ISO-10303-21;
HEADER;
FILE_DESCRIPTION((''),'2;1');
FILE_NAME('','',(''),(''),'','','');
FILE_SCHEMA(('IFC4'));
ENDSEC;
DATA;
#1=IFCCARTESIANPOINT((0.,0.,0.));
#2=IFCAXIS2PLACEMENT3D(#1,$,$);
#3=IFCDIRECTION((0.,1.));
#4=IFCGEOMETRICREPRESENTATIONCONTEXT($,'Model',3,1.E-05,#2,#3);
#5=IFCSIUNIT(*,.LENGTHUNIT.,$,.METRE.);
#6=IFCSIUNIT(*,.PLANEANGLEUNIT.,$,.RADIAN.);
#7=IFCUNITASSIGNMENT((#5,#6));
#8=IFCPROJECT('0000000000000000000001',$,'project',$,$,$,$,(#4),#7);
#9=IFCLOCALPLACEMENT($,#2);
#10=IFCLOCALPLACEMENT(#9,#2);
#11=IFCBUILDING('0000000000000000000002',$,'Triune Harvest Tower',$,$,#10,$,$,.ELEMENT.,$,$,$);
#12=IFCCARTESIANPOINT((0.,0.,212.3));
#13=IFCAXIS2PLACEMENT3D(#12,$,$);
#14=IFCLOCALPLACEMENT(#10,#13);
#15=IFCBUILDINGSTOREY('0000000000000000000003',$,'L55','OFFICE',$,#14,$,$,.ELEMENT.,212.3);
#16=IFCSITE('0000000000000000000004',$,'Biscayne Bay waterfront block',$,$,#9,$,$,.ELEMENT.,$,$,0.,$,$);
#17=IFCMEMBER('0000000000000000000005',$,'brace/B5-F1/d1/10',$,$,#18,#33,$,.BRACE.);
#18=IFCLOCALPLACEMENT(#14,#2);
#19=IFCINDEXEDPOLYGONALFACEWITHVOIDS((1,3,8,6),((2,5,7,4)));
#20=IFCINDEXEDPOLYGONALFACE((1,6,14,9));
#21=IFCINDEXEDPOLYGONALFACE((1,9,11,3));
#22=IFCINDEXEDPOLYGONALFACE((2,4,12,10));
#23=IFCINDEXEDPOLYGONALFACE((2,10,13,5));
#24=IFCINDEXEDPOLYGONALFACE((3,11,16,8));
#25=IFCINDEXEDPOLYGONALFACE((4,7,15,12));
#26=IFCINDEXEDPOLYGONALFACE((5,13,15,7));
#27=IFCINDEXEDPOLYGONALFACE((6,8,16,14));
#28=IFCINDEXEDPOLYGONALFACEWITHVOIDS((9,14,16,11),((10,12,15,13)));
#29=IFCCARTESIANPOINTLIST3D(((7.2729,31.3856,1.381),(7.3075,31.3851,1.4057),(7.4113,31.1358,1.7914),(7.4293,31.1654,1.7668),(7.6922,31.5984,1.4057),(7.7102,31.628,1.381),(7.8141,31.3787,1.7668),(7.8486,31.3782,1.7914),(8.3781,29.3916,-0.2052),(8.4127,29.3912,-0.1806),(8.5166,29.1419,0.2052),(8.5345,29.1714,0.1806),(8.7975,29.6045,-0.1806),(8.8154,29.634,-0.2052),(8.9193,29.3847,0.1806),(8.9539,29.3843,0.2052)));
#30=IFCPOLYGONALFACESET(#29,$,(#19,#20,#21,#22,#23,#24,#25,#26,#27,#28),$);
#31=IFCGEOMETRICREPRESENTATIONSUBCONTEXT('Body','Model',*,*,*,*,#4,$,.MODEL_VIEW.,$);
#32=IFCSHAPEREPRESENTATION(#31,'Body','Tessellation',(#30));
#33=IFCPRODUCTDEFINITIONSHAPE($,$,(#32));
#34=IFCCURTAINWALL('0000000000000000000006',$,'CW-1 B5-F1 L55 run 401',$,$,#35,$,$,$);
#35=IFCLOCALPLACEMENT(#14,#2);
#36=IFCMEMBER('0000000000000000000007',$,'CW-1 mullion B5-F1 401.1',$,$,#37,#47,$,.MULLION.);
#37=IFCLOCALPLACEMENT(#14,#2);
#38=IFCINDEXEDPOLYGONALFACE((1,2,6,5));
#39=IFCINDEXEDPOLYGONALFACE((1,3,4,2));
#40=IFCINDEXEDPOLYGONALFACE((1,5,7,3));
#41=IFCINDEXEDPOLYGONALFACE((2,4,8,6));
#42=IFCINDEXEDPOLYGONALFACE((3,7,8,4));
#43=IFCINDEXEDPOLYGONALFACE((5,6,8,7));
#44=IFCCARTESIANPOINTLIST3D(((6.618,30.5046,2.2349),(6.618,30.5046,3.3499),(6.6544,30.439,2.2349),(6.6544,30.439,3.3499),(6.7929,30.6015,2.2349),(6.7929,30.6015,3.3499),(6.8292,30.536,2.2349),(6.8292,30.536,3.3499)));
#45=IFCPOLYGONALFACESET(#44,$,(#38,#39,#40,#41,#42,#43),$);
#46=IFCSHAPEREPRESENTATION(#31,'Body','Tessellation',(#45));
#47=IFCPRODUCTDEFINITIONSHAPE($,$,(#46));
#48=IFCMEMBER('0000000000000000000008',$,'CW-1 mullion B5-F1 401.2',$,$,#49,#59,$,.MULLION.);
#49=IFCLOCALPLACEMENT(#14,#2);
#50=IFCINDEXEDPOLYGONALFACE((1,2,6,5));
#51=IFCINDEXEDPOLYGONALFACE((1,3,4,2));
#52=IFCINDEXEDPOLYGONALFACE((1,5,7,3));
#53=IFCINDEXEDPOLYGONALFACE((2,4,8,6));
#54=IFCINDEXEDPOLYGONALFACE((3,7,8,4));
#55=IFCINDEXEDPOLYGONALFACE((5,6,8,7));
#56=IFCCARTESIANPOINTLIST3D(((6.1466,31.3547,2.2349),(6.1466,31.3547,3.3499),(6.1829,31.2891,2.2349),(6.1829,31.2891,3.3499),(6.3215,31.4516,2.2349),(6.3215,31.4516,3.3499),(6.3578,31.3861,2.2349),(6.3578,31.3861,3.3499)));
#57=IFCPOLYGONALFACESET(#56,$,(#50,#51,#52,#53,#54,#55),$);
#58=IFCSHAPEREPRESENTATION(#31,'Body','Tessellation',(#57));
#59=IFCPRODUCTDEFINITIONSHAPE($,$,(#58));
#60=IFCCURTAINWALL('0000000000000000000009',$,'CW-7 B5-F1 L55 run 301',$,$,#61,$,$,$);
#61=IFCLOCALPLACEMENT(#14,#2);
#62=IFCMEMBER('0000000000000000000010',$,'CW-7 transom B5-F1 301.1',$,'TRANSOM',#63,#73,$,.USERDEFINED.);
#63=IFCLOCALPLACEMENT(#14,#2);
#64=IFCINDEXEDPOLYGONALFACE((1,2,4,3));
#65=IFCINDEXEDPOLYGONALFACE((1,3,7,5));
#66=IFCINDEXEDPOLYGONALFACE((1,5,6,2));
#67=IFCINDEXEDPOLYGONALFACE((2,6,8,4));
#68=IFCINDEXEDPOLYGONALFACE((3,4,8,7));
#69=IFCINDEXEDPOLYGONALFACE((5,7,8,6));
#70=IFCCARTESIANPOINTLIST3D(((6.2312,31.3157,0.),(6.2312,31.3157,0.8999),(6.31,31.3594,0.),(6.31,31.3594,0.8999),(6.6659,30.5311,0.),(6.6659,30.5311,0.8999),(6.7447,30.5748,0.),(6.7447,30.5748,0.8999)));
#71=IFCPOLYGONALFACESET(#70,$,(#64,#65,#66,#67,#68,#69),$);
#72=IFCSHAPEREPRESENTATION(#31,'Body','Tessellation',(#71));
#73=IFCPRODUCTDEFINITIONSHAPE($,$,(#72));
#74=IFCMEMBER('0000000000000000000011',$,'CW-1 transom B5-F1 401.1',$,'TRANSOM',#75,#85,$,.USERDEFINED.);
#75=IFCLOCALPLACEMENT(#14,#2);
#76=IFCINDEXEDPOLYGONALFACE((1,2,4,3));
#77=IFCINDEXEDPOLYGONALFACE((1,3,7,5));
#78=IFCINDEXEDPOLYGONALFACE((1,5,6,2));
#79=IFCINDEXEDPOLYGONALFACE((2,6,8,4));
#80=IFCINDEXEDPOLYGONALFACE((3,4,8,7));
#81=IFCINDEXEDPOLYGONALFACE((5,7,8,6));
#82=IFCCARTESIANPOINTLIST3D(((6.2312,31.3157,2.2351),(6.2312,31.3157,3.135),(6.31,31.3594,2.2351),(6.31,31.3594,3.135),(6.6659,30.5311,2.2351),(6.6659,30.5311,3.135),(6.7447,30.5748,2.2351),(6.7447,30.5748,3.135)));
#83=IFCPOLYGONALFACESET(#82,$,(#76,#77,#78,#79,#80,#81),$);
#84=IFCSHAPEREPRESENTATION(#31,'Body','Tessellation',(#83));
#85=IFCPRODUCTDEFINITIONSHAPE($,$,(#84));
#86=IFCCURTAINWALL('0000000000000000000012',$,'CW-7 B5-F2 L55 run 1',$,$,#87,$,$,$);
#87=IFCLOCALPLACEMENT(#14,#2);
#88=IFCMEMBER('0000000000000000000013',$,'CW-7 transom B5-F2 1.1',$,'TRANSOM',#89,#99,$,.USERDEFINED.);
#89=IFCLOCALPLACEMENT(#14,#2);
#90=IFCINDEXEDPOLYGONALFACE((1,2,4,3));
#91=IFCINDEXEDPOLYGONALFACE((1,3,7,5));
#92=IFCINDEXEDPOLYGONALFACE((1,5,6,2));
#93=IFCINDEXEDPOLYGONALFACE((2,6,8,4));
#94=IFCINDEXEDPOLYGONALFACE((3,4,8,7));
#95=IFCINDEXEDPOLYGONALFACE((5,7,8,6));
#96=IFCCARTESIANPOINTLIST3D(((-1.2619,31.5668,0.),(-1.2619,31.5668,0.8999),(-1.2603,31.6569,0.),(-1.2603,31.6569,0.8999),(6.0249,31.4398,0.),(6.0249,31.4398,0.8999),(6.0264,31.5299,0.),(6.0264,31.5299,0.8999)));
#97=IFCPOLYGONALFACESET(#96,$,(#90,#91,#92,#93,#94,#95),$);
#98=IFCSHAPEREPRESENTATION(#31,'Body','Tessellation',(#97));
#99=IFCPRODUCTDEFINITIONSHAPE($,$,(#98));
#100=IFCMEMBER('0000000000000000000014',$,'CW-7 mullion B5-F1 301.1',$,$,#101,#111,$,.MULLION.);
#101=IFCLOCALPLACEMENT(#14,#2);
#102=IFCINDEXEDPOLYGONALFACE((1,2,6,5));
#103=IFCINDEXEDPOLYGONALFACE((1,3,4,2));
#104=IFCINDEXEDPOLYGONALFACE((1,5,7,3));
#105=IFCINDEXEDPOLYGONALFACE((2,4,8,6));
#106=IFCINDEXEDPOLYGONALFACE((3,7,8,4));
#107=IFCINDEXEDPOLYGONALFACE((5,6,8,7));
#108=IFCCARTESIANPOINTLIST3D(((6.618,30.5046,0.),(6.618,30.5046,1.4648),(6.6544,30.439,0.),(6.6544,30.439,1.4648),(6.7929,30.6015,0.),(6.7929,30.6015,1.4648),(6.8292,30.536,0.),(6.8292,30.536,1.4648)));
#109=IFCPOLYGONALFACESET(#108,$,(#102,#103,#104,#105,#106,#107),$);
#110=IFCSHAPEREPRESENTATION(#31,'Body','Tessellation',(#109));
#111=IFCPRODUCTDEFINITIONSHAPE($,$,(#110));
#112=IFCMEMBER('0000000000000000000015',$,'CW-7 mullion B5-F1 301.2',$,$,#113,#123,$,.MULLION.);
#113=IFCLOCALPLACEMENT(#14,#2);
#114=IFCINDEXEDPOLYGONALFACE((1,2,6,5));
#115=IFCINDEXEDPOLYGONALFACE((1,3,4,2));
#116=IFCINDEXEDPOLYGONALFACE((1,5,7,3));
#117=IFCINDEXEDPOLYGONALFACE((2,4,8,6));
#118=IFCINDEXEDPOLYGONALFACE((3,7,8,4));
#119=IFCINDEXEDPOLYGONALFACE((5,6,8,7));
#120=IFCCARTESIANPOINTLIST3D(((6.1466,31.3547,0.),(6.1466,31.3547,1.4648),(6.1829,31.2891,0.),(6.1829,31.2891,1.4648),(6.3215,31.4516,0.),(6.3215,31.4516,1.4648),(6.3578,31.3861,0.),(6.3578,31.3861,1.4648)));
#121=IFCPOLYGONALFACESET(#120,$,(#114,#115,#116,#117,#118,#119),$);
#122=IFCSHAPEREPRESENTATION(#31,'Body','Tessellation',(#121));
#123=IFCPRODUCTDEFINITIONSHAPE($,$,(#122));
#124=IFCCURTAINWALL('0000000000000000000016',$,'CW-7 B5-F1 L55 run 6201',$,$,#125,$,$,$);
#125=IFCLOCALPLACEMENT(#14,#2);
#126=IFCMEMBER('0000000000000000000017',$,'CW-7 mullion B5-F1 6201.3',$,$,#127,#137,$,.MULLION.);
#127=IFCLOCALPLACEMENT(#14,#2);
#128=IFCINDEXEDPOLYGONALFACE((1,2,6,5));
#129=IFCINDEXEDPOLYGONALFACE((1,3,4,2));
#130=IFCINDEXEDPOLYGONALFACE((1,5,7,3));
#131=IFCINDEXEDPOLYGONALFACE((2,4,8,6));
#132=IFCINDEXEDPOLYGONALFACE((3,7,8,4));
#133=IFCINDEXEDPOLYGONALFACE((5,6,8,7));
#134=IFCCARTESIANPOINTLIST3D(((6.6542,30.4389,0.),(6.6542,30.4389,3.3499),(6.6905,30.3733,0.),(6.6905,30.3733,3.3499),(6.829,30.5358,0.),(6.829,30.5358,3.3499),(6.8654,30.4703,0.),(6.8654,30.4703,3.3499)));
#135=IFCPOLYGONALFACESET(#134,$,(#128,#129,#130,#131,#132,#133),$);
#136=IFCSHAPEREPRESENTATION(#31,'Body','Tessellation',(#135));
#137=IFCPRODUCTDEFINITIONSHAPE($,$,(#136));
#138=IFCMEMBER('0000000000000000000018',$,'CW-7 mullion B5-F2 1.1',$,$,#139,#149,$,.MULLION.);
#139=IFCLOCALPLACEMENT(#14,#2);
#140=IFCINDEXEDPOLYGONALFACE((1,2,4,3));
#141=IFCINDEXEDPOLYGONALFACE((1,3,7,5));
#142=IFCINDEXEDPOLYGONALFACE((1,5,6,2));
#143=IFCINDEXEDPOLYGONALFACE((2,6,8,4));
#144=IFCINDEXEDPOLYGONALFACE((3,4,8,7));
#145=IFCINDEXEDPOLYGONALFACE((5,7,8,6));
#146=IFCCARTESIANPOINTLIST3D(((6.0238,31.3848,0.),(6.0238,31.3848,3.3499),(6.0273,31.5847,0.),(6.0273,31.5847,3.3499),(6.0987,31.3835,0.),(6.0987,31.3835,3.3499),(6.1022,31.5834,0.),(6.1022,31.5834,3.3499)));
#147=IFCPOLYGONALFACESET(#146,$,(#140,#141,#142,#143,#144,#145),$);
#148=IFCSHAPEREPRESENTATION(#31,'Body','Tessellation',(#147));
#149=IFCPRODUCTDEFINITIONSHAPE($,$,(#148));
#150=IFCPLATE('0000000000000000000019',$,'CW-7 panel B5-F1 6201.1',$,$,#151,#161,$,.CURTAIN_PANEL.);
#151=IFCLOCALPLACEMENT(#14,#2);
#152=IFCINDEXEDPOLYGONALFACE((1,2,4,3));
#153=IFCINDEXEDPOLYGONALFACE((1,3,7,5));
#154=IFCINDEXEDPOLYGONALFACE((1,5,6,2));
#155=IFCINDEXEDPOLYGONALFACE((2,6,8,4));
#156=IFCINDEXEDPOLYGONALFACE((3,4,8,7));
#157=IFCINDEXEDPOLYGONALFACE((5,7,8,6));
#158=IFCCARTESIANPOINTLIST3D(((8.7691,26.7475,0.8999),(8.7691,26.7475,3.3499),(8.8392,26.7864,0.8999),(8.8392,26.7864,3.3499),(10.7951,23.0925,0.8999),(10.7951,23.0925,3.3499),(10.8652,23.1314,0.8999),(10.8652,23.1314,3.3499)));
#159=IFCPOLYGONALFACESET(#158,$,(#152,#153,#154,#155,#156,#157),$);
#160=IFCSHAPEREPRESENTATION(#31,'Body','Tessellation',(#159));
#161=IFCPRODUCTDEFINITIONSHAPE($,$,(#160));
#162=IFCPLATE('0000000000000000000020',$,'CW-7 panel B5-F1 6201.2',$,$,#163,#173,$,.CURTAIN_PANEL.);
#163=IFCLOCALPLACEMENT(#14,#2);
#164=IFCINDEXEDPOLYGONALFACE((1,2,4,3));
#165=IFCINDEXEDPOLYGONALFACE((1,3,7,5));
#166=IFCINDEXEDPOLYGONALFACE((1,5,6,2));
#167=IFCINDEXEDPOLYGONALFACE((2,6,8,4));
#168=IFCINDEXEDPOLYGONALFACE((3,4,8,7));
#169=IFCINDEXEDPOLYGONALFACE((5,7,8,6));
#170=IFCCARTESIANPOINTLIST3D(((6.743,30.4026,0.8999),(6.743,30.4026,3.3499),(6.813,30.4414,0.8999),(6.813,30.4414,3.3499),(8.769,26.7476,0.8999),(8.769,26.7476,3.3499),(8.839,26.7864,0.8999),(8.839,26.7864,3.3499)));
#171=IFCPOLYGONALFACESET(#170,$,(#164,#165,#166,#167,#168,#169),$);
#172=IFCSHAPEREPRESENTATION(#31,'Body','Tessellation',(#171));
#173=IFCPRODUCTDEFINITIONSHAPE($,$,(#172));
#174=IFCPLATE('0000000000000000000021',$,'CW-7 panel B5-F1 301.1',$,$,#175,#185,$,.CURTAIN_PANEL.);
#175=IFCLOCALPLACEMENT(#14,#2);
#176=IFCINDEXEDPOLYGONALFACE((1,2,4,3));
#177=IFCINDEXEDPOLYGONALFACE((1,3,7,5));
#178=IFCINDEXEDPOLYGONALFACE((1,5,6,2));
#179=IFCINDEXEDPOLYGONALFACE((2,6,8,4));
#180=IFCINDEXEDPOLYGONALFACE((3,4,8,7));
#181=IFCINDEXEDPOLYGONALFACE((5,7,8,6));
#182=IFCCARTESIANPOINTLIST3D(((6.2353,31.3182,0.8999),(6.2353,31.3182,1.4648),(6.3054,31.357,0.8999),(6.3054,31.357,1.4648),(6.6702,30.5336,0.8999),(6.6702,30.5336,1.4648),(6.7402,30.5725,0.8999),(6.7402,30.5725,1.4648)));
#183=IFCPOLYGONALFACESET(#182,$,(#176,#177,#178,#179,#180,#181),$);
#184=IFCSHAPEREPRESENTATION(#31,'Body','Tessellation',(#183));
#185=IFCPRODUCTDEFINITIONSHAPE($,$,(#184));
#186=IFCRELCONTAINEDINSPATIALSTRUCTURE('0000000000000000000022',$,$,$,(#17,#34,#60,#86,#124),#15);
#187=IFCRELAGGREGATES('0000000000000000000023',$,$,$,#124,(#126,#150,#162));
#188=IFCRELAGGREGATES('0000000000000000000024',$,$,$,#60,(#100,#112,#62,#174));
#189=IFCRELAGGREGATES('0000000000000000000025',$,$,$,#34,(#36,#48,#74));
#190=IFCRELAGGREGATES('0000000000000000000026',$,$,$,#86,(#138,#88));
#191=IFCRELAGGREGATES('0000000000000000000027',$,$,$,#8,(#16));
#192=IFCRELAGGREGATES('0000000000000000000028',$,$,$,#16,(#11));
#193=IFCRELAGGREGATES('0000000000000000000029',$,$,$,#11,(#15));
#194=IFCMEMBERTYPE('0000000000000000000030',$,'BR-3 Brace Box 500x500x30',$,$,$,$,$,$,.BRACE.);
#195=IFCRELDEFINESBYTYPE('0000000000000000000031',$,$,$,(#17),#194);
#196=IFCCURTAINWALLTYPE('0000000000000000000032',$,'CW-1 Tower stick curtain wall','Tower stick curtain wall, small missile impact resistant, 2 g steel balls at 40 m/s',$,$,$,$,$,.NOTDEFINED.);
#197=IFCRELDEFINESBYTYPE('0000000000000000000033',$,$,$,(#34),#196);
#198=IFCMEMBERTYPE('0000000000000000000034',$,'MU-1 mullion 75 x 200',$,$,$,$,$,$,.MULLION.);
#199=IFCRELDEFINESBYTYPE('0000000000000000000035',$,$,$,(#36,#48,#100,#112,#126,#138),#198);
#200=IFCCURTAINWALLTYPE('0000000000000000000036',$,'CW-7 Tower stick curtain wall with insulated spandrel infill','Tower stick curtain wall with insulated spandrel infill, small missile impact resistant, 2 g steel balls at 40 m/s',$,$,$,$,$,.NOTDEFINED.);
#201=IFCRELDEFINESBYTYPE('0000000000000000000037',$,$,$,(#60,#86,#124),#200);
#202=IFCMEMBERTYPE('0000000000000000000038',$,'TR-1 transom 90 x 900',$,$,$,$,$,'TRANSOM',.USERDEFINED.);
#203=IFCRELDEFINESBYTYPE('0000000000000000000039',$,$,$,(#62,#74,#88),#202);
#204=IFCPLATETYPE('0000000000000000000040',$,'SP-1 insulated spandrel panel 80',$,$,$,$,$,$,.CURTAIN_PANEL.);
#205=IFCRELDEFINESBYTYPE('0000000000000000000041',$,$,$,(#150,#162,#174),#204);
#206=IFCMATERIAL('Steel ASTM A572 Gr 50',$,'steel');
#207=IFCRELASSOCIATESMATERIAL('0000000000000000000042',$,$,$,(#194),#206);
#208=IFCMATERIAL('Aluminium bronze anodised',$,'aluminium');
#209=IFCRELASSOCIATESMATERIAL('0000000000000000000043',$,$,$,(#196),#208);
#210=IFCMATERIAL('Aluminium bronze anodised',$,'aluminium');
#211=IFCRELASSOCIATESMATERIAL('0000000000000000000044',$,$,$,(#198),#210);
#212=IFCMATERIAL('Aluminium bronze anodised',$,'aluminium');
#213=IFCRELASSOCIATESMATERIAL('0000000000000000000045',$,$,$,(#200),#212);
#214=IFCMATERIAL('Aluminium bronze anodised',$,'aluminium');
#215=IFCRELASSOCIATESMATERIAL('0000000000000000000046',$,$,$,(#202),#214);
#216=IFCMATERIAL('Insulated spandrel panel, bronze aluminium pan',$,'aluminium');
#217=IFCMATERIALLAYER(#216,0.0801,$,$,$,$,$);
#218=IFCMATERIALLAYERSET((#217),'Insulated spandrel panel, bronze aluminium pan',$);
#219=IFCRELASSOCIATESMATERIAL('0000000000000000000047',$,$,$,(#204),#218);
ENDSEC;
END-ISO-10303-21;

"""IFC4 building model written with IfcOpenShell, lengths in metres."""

from ifc_helpers import new_model, si_unit, direction, frame, origin, origin_2d, place, context, subcontext, project, spatial, rectangle, hollow_rectangle, extrude, source, transform, mapped, material, layer, layer_set, material_profile, profile_set, type_object, element, aggregate, save


model = new_model("IFC4")

# Units and contexts
model_context = context("Model", 3, precision=1e-05, world=origin(), true_north=direction((0.0, 1.0)))
body_context = subcontext(model_context, "Body", "Model", "MODEL_VIEW")
ifc_project = project(units=[si_unit("LENGTHUNIT", "METRE"), si_unit("PLANEANGLEUNIT", "RADIAN")], contexts=[model_context])

# Site, building, storey
site_placement = place(None, origin())
site = spatial("IfcSite", under=ifc_project, at=site_placement, Name="Biscayne Bay waterfront block", CompositionType="ELEMENT", RefElevation=0.0)
building_placement = place(site_placement, origin())
building = spatial("IfcBuilding", under=site, at=building_placement, Name="Triune Harvest Tower", CompositionType="ELEMENT")
storey_placement = place(building_placement, frame((0.0, 0.0, 212.3)))
storey = spatial("IfcBuildingStorey", under=building, at=storey_placement, Name="L55", Description="OFFICE", CompositionType="ELEMENT", Elevation=212.3)

# Member
ifc_material_1 = material(Name="Steel ASTM A572 Gr 50", Category="steel")
ifc_material_profile_1 = material_profile(ifc_material_1, hollow_rectangle(XDim=0.5, YDim=0.5, WallThickness=0.03, at=origin_2d()), Name="Box 500x500x30")
ifc_profile_set_1 = profile_set([ifc_material_profile_1], Name="Steel ASTM A572 Gr 50")
member_type_1 = type_object("IfcMemberType", Name="BR-3 Brace Box 500x500x30", PredefinedType="BRACE", material=ifc_profile_set_1)
shared_shape_1 = source(origin(), body_context, "Body", "SweptSolid", [
    extrude(hollow_rectangle(XDim=0.5, YDim=0.5, WallThickness=0.03, at=origin_2d()), origin(), (0.0, 0.0, 1.0), 2.7773),
])
member_1_placement = place(storey_placement, frame((8.666, 29.3879, 0.0), z_axis=(-0.397956, 0.717939, 0.571134), x_axis=(-0.874622, -0.484806, 0.0)))
element("IfcMember", 1, at=member_1_placement, inside=storey, type_object=member_type_1, Name="brace/B5-F1/d1/10", PredefinedType="BRACE", context=body_context, shape_type="MappedRepresentation", body=[
    mapped(shared_shape_1, transform((0.0, 0.0, 0.0), scale=1.0)),
])

# Curtain wall, members
ifc_material_2 = material(Name="Aluminium bronze anodised", Category="aluminium")
curtain_wall_type_1 = type_object("IfcCurtainWallType", Name="CW-1 Tower stick curtain wall", Description="Tower stick curtain wall, small missile impact resistant, 2 g steel balls at 40 m/s", PredefinedType="NOTDEFINED", material=ifc_material_2)
curtain_wall_1_placement = place(storey_placement, origin())
curtain_wall_1 = element("IfcCurtainWall", 2, at=curtain_wall_1_placement, inside=storey, type_object=curtain_wall_type_1, Name="CW-1 B5-F1 L55 run 401")
ifc_material_3 = material(Name="Aluminium bronze anodised", Category="aluminium")
ifc_material_profile_2 = material_profile(ifc_material_3, rectangle(XDim=0.2, YDim=0.075, at=origin_2d()), Name="MU-1 mullion 75 x 200")
ifc_profile_set_2 = profile_set([ifc_material_profile_2], Name="Aluminium bronze anodised")
member_type_2 = type_object("IfcMemberType", Name="MU-1 mullion 75 x 200", PredefinedType="MULLION", material=ifc_profile_set_2)
shared_shape_2 = source(origin(), body_context, "Body", "SweptSolid", [
    extrude(rectangle(XDim=0.2, YDim=0.075, at=origin_2d()), origin(), (0.0, 0.0, 1.0), 1.115),
])
member_2_placement = place(storey_placement, frame((6.7236, 30.5203, 2.2349), z_axis=(0.0, 0.0, 1.0), x_axis=(-0.874612, -0.484824, 0.0)))
member_2 = element("IfcMember", 3, at=member_2_placement, type_object=member_type_2, Name="CW-1 mullion B5-F1 401.1", PredefinedType="MULLION", context=body_context, shape_type="MappedRepresentation", body=[
    mapped(shared_shape_2, transform((0.0, 0.0, 0.0), scale=1.0)),
])
member_3_placement = place(storey_placement, frame((6.2522, 31.3704, 2.2349), z_axis=(0.0, 0.0, 1.0), x_axis=(-0.874612, -0.484824, 0.0)))
member_3 = element("IfcMember", 4, at=member_3_placement, type_object=member_type_2, Name="CW-1 mullion B5-F1 401.2", PredefinedType="MULLION", context=body_context, shape_type="MappedRepresentation", body=[
    mapped(shared_shape_2, transform((0.0, 0.0, 0.0), scale=1.0)),
])

# Curtain wall, member
ifc_material_4 = material(Name="Aluminium bronze anodised", Category="aluminium")
curtain_wall_type_2 = type_object("IfcCurtainWallType", Name="CW-7 Tower stick curtain wall with insulated spandrel infill", Description="Tower stick curtain wall with insulated spandrel infill, small missile impact resistant, 2 g steel balls at 40 m/s", PredefinedType="NOTDEFINED", material=ifc_material_4)
curtain_wall_2_placement = place(storey_placement, origin())
curtain_wall_2 = element("IfcCurtainWall", 5, at=curtain_wall_2_placement, inside=storey, type_object=curtain_wall_type_2, Name="CW-7 B5-F1 L55 run 301")
ifc_material_5 = material(Name="Aluminium bronze anodised", Category="aluminium")
ifc_material_profile_3 = material_profile(ifc_material_5, rectangle(XDim=0.0901, YDim=0.8999, at=origin_2d()), Name="TR-1 transom 90 x 900")
ifc_profile_set_3 = profile_set([ifc_material_profile_3], Name="Aluminium bronze anodised")
member_type_3 = type_object("IfcMemberType", Name="TR-1 transom 90 x 900", ElementType="TRANSOM", PredefinedType="USERDEFINED", material=ifc_profile_set_3)
shared_shape_3 = source(origin(), body_context, "Body", "SweptSolid", [
    extrude(rectangle(XDim=0.0901, YDim=0.8999, at=origin_2d()), origin(), (0.0, 0.0, 1.0), 0.897),
])
member_4_placement = place(storey_placement, frame((6.7053, 30.553, 0.45), z_axis=(-0.484695, 0.874683, 0.0), x_axis=(-0.874683, -0.484695, 0.0)))
member_4 = element("IfcMember", 6, at=member_4_placement, type_object=member_type_3, Name="CW-7 transom B5-F1 301.1", ObjectType="TRANSOM", PredefinedType="USERDEFINED", context=body_context, shape_type="MappedRepresentation", body=[
    mapped(shared_shape_3, transform((0.0, 0.0, 0.0), scale=1.0)),
])

# Member
member_5_placement = place(storey_placement, frame((6.7053, 30.553, 2.6851), z_axis=(-0.484695, 0.874683, 0.0), x_axis=(-0.874683, -0.484695, 0.0)))
member_5 = element("IfcMember", 7, at=member_5_placement, type_object=member_type_3, Name="CW-1 transom B5-F1 401.1", ObjectType="TRANSOM", PredefinedType="USERDEFINED", context=body_context, shape_type="MappedRepresentation", body=[
    mapped(shared_shape_3, transform((0.0, 0.0, 0.0), scale=1.0)),
])

# Curtain wall, member
curtain_wall_3_placement = place(storey_placement, origin())
curtain_wall_3 = element("IfcCurtainWall", 8, at=curtain_wall_3_placement, inside=storey, type_object=curtain_wall_type_2, Name="CW-7 B5-F2 L55 run 1")
shared_shape_4 = source(origin(), body_context, "Body", "SweptSolid", [
    extrude(rectangle(XDim=0.0901, YDim=0.8999, at=origin_2d()), origin(), (0.0, 0.0, 1.0), 7.2878),
])
member_6_placement = place(storey_placement, frame((6.0256, 31.4849, 0.45), z_axis=(-0.999848, 0.01742, 0.0), x_axis=(-0.01742, -0.999848, 0.0)))
member_6 = element("IfcMember", 9, at=member_6_placement, type_object=member_type_3, Name="CW-7 transom B5-F2 1.1", ObjectType="TRANSOM", PredefinedType="USERDEFINED", context=body_context, shape_type="MappedRepresentation", body=[
    mapped(shared_shape_4, transform((0.0, 0.0, 0.0), scale=1.0)),
])

# Members
shared_shape_5 = source(origin(), body_context, "Body", "SweptSolid", [
    extrude(rectangle(XDim=0.2, YDim=0.075, at=origin_2d()), origin(), (0.0, 0.0, 1.0), 1.4648),
])
member_7_placement = place(storey_placement, frame((6.7236, 30.5203, 0.0), z_axis=(0.0, 0.0, 1.0), x_axis=(-0.874612, -0.484824, 0.0)))
member_7 = element("IfcMember", 10, at=member_7_placement, type_object=member_type_2, Name="CW-7 mullion B5-F1 301.1", PredefinedType="MULLION", context=body_context, shape_type="MappedRepresentation", body=[
    mapped(shared_shape_5, transform((0.0, 0.0, 0.0), scale=1.0)),
])
member_8_placement = place(storey_placement, frame((6.2522, 31.3704, 0.0), z_axis=(0.0, 0.0, 1.0), x_axis=(-0.874612, -0.484824, 0.0)))
member_8 = element("IfcMember", 11, at=member_8_placement, type_object=member_type_2, Name="CW-7 mullion B5-F1 301.2", PredefinedType="MULLION", context=body_context, shape_type="MappedRepresentation", body=[
    mapped(shared_shape_5, transform((0.0, 0.0, 0.0), scale=1.0)),
])

# Curtain wall, member
curtain_wall_4_placement = place(storey_placement, origin())
curtain_wall_4 = element("IfcCurtainWall", 12, at=curtain_wall_4_placement, inside=storey, type_object=curtain_wall_type_2, Name="CW-7 B5-F1 L55 run 6201")
shared_shape_6 = source(origin(), body_context, "Body", "SweptSolid", [
    extrude(rectangle(XDim=0.2, YDim=0.075, at=origin_2d()), origin(), (0.0, 0.0, 1.0), 3.3499),
])
member_9_placement = place(storey_placement, frame((6.7598, 30.4546, 0.0), z_axis=(0.0, 0.0, 1.0), x_axis=(-0.874618, -0.484812, 0.0)))
member_9 = element("IfcMember", 13, at=member_9_placement, type_object=member_type_2, Name="CW-7 mullion B5-F1 6201.3", PredefinedType="MULLION", context=body_context, shape_type="MappedRepresentation", body=[
    mapped(shared_shape_6, transform((0.0, 0.0, 0.0), scale=1.0)),
])

# Member
member_10_placement = place(storey_placement, frame((6.063, 31.4841, 0.0), z_axis=(0.0, 0.0, 1.0), x_axis=(-0.017446, -0.999848, 0.0)))
member_10 = element("IfcMember", 14, at=member_10_placement, type_object=member_type_2, Name="CW-7 mullion B5-F2 1.1", PredefinedType="MULLION", context=body_context, shape_type="MappedRepresentation", body=[
    mapped(shared_shape_6, transform((0.0, 0.0, 0.0), scale=1.0)),
])

# Plates
ifc_material_6 = material(Name="Insulated spandrel panel, bronze aluminium pan", Category="aluminium")
ifc_layer_1 = layer(ifc_material_6, 0.0801)
ifc_layer_set_1 = layer_set([ifc_layer_1], Name="Insulated spandrel panel, bronze aluminium pan")
plate_type_1 = type_object("IfcPlateType", Name="SP-1 insulated spandrel panel 80", PredefinedType="CURTAIN_PANEL", material=ifc_layer_set_1)
shared_shape_7 = source(origin(), body_context, "Body", "SweptSolid", [
    extrude(rectangle(XDim=4.179, YDim=0.0801, at=origin_2d()), origin(), (0.0, 0.0, 1.0), 2.45),
])
plate_1_placement = place(storey_placement, frame((9.8171, 24.9395, 0.8999), z_axis=(0.0, 0.0, 1.0), x_axis=(-0.484812, 0.874618, 0.0)))
plate_1 = element("IfcPlate", 15, at=plate_1_placement, type_object=plate_type_1, Name="CW-7 panel B5-F1 6201.1", PredefinedType="CURTAIN_PANEL", context=body_context, shape_type="MappedRepresentation", body=[
    mapped(shared_shape_7, transform((0.0, 0.0, 0.0), scale=1.0)),
])
plate_2_placement = place(storey_placement, frame((7.791, 28.5945, 0.8999), z_axis=(0.0, 0.0, 1.0), x_axis=(-0.484812, 0.874618, 0.0)))
plate_2 = element("IfcPlate", 16, at=plate_2_placement, type_object=plate_type_1, Name="CW-7 panel B5-F1 6201.2", PredefinedType="CURTAIN_PANEL", context=body_context, shape_type="MappedRepresentation", body=[
    mapped(shared_shape_7, transform((0.0, 0.0, 0.0), scale=1.0)),
])
aggregate(curtain_wall_4, [member_9, plate_1, plate_2])
shared_shape_8 = source(origin(), body_context, "Body", "SweptSolid", [
    extrude(rectangle(XDim=0.897, YDim=0.0801, at=origin_2d()), origin(), (0.0, 0.0, 1.0), 0.5649),
])
plate_3_placement = place(storey_placement, frame((6.4878, 30.9453, 0.8999), z_axis=(0.0, 0.0, 1.0), x_axis=(-0.484824, 0.874612, 0.0)))
plate_3 = element("IfcPlate", 17, at=plate_3_placement, type_object=plate_type_1, Name="CW-7 panel B5-F1 301.1", PredefinedType="CURTAIN_PANEL", context=body_context, shape_type="MappedRepresentation", body=[
    mapped(shared_shape_8, transform((0.0, 0.0, 0.0), scale=1.0)),
])
aggregate(curtain_wall_2, [member_7, member_8, member_4, plate_3])
aggregate(curtain_wall_1, [member_2, member_3, member_5])
aggregate(curtain_wall_3, [member_10, member_6])

save(model, "model.ifc")
